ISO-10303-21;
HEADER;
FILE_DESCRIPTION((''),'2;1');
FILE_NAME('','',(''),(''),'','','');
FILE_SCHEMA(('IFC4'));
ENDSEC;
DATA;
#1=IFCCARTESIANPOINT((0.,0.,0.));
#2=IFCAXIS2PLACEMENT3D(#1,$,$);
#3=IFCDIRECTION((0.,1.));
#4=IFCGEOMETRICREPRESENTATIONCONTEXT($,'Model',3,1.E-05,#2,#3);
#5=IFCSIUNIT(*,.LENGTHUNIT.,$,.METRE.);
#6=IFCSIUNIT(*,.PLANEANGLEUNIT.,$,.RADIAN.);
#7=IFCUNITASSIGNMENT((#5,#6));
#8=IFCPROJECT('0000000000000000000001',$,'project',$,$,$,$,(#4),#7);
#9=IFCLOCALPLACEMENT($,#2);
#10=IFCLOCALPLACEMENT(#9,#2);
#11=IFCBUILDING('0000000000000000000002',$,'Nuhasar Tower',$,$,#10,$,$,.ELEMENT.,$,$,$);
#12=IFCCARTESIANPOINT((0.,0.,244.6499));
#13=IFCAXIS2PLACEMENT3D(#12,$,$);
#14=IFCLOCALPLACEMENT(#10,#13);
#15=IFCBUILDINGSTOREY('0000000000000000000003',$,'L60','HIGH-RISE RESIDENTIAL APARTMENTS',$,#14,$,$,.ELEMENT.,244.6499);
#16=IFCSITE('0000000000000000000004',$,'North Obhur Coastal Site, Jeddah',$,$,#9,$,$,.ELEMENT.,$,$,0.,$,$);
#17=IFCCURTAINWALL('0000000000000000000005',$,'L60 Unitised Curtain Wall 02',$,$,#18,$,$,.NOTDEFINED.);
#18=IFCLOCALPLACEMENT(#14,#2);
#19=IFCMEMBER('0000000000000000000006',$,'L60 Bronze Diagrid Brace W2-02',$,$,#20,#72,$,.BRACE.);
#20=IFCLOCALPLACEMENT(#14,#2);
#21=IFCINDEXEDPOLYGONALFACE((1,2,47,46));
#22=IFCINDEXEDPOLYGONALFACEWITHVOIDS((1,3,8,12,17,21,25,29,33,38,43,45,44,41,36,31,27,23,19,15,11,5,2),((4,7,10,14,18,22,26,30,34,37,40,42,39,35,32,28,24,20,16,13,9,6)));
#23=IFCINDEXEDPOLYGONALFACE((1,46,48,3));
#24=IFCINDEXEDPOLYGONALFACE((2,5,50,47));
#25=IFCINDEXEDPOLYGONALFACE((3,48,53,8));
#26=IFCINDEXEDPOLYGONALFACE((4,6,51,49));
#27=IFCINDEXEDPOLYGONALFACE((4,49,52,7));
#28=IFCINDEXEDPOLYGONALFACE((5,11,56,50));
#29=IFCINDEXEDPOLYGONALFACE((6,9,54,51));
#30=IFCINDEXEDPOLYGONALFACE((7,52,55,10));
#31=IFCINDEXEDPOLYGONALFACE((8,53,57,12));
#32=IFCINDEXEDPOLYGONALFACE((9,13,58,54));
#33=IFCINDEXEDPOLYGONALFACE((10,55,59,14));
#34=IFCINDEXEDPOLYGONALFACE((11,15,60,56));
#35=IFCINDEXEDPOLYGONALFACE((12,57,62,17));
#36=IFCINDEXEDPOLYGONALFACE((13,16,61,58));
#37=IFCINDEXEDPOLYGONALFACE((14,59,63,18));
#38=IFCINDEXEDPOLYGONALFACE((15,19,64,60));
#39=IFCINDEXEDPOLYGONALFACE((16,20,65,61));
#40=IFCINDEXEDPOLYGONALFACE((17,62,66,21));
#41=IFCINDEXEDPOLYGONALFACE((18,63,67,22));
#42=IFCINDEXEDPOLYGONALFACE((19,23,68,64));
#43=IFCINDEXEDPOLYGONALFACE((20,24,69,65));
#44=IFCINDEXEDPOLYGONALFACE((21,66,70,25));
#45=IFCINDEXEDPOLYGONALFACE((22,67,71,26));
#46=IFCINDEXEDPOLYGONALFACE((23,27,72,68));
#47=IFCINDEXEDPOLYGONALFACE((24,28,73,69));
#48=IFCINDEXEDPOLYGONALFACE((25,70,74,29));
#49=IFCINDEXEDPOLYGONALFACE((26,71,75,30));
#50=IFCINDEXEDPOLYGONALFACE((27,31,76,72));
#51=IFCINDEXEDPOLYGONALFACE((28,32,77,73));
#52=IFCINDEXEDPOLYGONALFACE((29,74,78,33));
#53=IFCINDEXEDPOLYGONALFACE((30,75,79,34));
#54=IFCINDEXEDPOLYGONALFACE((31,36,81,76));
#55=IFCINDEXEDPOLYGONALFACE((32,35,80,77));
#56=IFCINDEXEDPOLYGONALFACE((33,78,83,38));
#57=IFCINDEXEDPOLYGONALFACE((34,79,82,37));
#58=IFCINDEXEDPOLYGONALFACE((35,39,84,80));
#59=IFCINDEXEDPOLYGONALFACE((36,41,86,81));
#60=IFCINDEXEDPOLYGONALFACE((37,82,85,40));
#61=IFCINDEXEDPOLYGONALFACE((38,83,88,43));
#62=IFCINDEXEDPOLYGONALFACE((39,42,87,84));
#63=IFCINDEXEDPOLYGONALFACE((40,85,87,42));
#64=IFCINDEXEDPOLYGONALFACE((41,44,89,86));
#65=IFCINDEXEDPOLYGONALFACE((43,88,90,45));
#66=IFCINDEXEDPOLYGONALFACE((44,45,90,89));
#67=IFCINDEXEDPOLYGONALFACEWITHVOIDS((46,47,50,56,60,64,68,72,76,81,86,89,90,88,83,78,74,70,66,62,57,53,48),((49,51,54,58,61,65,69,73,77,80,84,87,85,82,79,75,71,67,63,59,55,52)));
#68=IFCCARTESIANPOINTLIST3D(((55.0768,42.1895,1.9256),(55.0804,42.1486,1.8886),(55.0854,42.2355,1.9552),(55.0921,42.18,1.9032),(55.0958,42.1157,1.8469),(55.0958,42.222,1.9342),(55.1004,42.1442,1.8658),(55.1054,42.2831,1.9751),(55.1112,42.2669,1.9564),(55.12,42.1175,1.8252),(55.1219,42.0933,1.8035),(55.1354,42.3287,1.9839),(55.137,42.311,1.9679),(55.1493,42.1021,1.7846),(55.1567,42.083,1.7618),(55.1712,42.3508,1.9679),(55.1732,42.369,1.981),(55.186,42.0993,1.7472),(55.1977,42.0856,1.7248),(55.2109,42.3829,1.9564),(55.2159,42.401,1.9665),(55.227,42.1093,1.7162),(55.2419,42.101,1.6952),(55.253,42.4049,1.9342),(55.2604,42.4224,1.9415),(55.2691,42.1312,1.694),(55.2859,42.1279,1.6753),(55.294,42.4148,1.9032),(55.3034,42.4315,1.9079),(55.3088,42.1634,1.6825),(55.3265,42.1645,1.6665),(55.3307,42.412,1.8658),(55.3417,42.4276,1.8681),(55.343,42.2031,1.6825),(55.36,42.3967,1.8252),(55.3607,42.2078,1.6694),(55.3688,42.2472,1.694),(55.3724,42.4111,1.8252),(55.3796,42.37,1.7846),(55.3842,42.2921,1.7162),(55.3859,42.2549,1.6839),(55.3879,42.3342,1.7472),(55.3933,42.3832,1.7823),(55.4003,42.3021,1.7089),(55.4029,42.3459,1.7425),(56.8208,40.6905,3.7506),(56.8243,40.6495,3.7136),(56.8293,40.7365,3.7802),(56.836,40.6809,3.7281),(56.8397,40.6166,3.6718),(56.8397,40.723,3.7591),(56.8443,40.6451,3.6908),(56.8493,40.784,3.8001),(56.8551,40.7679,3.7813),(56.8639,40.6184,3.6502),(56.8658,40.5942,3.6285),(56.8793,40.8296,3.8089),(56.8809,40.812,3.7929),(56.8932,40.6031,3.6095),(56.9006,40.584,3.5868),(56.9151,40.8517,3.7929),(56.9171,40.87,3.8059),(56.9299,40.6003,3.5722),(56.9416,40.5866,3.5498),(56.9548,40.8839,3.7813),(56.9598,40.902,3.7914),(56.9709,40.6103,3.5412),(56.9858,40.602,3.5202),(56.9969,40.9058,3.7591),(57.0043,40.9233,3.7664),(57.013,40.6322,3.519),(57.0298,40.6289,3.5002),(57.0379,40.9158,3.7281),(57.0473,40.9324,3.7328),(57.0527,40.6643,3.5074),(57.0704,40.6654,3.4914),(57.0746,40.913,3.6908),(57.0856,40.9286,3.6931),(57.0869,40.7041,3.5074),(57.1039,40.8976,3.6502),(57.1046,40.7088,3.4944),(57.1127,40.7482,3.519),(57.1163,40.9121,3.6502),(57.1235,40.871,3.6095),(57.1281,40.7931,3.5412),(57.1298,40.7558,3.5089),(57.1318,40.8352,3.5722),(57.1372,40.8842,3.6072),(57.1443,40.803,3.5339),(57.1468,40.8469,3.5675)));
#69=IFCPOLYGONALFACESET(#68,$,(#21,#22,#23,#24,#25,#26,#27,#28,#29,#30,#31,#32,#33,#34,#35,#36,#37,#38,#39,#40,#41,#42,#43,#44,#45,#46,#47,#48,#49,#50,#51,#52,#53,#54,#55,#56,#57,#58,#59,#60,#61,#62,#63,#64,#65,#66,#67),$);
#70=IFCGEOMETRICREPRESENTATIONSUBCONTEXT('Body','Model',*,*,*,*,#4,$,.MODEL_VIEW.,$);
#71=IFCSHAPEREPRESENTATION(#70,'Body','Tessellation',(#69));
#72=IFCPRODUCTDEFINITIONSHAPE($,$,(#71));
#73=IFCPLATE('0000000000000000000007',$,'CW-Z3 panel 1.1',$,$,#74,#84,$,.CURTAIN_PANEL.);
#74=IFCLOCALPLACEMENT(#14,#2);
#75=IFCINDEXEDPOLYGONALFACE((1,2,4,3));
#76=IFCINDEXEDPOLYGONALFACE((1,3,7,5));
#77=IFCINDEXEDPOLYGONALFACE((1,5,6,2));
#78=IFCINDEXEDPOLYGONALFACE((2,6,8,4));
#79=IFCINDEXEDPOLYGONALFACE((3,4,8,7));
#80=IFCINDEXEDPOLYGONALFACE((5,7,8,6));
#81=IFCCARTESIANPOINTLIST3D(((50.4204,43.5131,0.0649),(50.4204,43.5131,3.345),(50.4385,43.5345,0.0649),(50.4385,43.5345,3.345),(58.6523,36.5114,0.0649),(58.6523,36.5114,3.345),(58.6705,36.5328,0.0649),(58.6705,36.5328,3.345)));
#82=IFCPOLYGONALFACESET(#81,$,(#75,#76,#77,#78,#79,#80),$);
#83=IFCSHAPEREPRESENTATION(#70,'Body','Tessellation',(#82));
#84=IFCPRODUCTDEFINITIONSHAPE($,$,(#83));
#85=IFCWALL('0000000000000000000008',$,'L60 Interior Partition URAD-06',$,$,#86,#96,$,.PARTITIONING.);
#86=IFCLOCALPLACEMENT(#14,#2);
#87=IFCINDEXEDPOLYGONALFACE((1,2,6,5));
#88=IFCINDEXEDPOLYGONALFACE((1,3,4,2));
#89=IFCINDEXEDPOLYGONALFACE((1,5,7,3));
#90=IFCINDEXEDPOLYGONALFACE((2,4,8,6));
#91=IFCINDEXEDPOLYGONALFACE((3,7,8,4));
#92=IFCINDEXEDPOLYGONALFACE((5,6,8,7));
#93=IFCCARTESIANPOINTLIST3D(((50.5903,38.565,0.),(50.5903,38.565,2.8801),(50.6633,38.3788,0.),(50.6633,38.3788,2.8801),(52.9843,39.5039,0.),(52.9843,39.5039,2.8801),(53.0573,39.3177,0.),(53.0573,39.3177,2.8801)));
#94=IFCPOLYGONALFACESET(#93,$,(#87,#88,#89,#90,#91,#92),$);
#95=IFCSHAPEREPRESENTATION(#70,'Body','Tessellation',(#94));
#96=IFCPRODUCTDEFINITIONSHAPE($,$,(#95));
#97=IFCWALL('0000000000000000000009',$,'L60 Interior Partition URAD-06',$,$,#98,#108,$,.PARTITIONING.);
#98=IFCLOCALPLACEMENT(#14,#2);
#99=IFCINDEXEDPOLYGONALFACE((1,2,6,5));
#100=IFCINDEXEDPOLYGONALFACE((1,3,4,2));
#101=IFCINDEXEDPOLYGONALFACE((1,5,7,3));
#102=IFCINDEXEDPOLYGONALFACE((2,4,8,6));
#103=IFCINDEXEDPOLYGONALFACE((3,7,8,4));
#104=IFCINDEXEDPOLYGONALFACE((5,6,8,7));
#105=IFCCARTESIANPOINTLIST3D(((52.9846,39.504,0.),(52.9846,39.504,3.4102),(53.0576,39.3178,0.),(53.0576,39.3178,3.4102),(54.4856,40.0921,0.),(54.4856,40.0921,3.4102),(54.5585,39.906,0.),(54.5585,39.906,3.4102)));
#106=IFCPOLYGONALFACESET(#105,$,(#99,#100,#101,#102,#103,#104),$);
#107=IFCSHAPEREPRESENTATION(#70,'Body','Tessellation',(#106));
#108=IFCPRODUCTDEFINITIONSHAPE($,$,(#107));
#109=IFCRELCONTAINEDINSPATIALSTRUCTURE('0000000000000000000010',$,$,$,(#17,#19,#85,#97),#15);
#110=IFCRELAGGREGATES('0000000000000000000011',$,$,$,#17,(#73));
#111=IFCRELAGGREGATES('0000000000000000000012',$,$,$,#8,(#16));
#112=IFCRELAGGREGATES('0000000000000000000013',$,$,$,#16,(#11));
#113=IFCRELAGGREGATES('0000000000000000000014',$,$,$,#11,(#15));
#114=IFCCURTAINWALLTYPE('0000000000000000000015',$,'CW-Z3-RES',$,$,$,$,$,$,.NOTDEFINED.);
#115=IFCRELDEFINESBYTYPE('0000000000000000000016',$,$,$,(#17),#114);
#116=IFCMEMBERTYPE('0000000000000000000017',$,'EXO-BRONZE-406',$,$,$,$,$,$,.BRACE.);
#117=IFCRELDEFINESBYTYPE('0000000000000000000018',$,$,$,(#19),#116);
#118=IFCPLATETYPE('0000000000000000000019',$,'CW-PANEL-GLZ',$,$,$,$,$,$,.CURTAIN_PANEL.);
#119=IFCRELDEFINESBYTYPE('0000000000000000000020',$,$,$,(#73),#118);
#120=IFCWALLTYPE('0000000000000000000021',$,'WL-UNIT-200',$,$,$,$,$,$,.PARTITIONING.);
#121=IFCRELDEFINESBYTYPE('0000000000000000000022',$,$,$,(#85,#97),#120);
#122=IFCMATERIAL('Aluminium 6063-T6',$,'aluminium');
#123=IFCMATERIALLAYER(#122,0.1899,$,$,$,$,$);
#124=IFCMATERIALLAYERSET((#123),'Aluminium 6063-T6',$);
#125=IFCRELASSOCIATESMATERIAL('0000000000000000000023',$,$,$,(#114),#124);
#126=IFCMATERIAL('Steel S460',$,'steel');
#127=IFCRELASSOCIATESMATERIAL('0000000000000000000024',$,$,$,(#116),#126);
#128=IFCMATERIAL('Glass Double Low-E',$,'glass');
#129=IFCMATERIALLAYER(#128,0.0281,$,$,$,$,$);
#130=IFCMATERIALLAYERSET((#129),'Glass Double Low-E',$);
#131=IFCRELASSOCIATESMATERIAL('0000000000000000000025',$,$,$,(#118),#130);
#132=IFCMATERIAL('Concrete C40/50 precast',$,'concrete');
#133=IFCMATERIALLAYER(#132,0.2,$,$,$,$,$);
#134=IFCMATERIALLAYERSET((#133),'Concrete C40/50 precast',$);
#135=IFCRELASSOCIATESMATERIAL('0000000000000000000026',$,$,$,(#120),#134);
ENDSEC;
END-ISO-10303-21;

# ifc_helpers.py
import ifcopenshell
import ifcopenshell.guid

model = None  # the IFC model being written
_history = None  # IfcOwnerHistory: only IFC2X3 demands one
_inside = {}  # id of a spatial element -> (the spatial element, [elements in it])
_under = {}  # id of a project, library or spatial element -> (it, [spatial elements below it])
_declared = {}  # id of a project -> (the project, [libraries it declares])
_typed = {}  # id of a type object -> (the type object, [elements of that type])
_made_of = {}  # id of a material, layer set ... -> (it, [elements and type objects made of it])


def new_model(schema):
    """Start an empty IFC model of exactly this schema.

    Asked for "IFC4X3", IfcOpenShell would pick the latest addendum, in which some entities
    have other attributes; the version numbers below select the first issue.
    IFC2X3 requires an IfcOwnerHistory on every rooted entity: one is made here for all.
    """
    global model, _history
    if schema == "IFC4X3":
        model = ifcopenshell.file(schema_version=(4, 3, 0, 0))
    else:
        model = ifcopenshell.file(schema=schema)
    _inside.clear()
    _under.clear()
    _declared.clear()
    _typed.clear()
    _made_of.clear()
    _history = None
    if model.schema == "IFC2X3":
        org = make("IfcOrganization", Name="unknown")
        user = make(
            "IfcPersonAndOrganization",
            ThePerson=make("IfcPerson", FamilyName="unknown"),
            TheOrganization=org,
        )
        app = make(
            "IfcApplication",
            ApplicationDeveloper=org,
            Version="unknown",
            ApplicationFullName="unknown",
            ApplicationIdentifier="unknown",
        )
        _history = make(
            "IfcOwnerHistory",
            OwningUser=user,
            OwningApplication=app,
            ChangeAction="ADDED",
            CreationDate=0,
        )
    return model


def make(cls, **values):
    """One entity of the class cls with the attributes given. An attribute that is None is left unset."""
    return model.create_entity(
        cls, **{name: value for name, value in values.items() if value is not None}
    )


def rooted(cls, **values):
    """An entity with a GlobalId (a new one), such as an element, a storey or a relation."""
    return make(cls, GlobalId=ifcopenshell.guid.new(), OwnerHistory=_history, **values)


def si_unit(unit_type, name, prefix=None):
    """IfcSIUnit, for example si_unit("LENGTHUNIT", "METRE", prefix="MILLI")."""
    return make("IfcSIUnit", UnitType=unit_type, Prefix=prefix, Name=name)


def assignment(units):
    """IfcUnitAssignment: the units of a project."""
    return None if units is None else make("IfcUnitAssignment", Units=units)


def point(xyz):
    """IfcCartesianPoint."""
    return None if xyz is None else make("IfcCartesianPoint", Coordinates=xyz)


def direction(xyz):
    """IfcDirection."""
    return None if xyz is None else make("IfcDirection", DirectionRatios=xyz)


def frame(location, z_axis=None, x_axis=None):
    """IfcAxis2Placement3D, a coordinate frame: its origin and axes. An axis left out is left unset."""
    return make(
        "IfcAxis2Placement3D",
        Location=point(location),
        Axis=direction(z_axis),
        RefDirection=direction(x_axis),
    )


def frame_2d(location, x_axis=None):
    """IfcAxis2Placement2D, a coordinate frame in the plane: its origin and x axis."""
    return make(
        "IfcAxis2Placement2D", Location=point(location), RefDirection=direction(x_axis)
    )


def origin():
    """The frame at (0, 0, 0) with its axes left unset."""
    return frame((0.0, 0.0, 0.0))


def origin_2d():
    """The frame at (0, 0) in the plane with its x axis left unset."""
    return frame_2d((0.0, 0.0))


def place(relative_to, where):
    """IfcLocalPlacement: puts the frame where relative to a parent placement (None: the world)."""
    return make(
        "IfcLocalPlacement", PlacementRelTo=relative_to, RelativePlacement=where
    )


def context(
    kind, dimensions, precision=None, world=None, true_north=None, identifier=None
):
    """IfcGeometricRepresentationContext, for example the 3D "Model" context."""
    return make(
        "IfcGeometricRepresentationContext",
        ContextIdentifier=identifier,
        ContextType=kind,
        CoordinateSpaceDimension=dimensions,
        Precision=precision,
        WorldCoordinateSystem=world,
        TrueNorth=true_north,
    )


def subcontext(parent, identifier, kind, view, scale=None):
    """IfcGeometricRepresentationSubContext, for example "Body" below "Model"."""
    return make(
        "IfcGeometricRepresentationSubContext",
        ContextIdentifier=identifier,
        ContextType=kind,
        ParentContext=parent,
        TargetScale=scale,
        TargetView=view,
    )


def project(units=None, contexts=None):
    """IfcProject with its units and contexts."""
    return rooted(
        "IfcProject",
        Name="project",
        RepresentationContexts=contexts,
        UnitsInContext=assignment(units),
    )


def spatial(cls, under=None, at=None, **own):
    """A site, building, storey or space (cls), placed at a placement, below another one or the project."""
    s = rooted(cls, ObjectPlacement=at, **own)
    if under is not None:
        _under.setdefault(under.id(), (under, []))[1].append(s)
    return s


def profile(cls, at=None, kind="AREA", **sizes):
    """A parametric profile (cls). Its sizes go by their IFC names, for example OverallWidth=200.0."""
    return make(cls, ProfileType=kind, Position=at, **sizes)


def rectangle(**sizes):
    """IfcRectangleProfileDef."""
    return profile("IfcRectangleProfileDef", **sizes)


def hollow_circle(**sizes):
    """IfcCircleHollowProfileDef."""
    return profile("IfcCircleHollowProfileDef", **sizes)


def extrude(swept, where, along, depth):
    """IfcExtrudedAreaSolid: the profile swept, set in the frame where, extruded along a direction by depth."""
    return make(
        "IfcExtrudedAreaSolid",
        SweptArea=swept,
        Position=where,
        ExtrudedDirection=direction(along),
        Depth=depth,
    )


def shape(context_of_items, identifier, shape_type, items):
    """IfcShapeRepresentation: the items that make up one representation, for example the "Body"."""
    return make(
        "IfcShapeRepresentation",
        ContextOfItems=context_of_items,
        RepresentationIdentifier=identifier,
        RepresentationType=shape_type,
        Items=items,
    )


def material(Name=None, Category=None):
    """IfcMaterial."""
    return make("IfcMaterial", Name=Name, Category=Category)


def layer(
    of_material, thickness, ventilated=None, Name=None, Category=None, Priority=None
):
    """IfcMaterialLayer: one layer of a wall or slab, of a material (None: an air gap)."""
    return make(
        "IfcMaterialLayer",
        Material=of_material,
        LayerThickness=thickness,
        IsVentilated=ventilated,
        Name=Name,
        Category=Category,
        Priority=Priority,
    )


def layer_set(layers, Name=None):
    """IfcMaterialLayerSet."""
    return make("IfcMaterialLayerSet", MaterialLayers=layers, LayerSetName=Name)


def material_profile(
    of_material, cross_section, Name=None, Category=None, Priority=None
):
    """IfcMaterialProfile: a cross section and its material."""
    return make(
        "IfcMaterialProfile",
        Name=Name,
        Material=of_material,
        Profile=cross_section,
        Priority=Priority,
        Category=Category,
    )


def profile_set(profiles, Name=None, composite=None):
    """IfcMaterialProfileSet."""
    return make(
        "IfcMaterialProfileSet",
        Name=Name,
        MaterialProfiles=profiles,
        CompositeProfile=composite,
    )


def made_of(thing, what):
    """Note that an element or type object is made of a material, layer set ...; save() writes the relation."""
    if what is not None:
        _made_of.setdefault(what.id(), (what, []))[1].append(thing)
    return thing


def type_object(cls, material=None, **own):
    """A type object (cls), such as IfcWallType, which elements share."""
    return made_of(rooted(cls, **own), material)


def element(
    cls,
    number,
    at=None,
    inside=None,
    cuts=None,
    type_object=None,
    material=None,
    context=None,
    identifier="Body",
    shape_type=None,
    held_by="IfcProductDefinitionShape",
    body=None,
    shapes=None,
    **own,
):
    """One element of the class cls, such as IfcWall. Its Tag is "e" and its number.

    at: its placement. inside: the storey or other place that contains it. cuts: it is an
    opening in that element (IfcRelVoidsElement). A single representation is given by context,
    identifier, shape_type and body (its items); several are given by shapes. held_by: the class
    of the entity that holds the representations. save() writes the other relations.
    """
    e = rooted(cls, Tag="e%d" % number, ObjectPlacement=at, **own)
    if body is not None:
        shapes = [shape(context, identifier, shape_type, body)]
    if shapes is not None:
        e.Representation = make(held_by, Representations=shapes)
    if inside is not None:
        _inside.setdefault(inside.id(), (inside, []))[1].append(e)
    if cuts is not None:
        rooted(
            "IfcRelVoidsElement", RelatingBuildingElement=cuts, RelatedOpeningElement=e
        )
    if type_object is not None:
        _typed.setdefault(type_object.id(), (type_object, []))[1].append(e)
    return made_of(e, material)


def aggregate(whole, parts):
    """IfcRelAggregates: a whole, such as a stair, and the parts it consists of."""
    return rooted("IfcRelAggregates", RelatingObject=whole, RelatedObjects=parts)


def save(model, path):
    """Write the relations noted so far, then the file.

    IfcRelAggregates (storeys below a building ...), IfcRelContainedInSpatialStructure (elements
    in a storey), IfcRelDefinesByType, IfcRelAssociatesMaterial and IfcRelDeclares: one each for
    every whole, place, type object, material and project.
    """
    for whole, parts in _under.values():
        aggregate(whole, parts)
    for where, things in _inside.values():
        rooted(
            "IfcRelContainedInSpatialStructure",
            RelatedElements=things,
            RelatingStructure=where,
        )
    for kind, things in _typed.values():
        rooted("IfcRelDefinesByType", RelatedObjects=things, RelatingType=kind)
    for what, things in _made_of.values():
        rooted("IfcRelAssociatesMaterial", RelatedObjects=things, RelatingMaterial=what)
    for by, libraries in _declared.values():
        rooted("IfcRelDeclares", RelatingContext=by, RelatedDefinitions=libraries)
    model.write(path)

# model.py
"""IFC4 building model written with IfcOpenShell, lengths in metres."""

from ifc_helpers import new_model, si_unit, direction, frame, frame_2d, origin, origin_2d, place, context, subcontext, project, spatial, rectangle, hollow_circle, extrude, material, layer, layer_set, material_profile, profile_set, type_object, element, aggregate, save


model = new_model("IFC4")

# Units and contexts
model_context = context("Model", 3, precision=1e-05, world=origin(), true_north=direction((0.0, 1.0)))
body_context = subcontext(model_context, "Body", "Model", "MODEL_VIEW")
ifc_project = project(units=[si_unit("LENGTHUNIT", "METRE"), si_unit("PLANEANGLEUNIT", "RADIAN")], contexts=[model_context])

# Site, building, storey
site_placement = place(None, origin())
site = spatial("IfcSite", under=ifc_project, at=site_placement, Name="North Obhur Coastal Site, Jeddah", CompositionType="ELEMENT", RefElevation=0.0)
building_placement = place(site_placement, origin())
building = spatial("IfcBuilding", under=site, at=building_placement, Name="Nuhasar Tower", CompositionType="ELEMENT")
storey_placement = place(building_placement, frame((0.0, 0.0, 244.6499)))
storey = spatial("IfcBuildingStorey", under=building, at=storey_placement, Name="L60", Description="HIGH-RISE RESIDENTIAL APARTMENTS", CompositionType="ELEMENT", Elevation=244.6499)

# Shared definitions
ifc_material_1 = material(Name="Aluminium 6063-T6", Category="aluminium")
ifc_layer_1 = layer(ifc_material_1, 0.1899)
ifc_layer_set_1 = layer_set([ifc_layer_1], Name="Aluminium 6063-T6")
curtain_wall_type = type_object("IfcCurtainWallType", Name="CW-Z3-RES", PredefinedType="NOTDEFINED", material=ifc_layer_set_1)

# Curtain wall
curtain_wall_1_placement = place(storey_placement, origin())
curtain_wall_1 = element("IfcCurtainWall", 1, at=curtain_wall_1_placement, inside=storey, type_object=curtain_wall_type, Name="L60 Unitised Curtain Wall 02", PredefinedType="NOTDEFINED")

# Member
ifc_material_2 = material(Name="Steel S460", Category="steel")
ifc_material_profile_1 = material_profile(ifc_material_2, hollow_circle(Radius=0.2031, WallThickness=0.019, at=origin_2d()), Name="HSS406.4X19.1")
ifc_profile_set_1 = profile_set([ifc_material_profile_1], Name="Steel S460")
member_type_1 = type_object("IfcMemberType", Name="EXO-BRONZE-406", PredefinedType="BRACE", material=ifc_profile_set_1)
for number, where, z_axis, x_axis, name in (
    (2, (55.24, 42.2571, 1.8252), (0.594019, -0.510608, 0.621628), (0.651857, 0.758342, 0.0), "L60 Bronze Diagrid Brace W2-02"),
):
    element("IfcMember", number, at=place(storey_placement, frame(where, z_axis=z_axis, x_axis=x_axis)), inside=storey, type_object=member_type_1, Name=name, PredefinedType="BRACE", context=body_context, shape_type="SweptSolid", body=[
        extrude(hollow_circle(Radius=0.2031, WallThickness=0.019, at=origin_2d()), origin(), (0.0, 0.0, 1.0), 2.9358),
    ])

# Plate
ifc_material_3 = material(Name="Glass Double Low-E", Category="glass")
ifc_layer_2 = layer(ifc_material_3, 0.0281)
ifc_layer_set_2 = layer_set([ifc_layer_2], Name="Glass Double Low-E")
plate_type = type_object("IfcPlateType", Name="CW-PANEL-GLZ", PredefinedType="CURTAIN_PANEL", material=ifc_layer_set_2)
plate_placement = place(storey_placement, frame((54.5454, 40.0229, 0.0649), z_axis=(0.0, 0.0, 1.0), x_axis=(-0.761729, 0.647895, 0.0)))
plate = element("IfcPlate", 3, at=plate_placement, type_object=plate_type, Name="CW-Z3 panel 1.1", PredefinedType="CURTAIN_PANEL", context=body_context, shape_type="SweptSolid", body=[
    extrude(rectangle(XDim=10.8069, YDim=0.0281, at=origin_2d()), origin(), (0.0, 0.0, 1.0), 3.28),
])
aggregate(curtain_wall_1, [plate])

# Walls
ifc_material_4 = material(Name="Concrete C40/50 precast", Category="concrete")
ifc_layer_3 = layer(ifc_material_4, 0.2)
ifc_layer_set_3 = layer_set([ifc_layer_3], Name="Concrete C40/50 precast")
wall_type = type_object("IfcWallType", Name="WL-UNIT-200", PredefinedType="PARTITIONING", material=ifc_layer_set_3)
wall_1_placement = place(storey_placement, frame((50.627, 38.4719, 0.0), z_axis=(0.0, 0.0, 1.0), x_axis=(0.930957, 0.365129, 0.0)))
element("IfcWall", 4, at=wall_1_placement, inside=storey, type_object=wall_type, Name="L60 Interior Partition URAD-06", PredefinedType="PARTITIONING", context=body_context, shape_type="SweptSolid", body=[
    extrude(rectangle(XDim=2.5715, YDim=0.2, at=frame_2d((1.2856, 0.0))), origin(), (0.0, 0.0, 1.0), 2.8801),
])
wall_2_placement = place(storey_placement, frame((53.021, 39.4109, 0.0), z_axis=(0.0, 0.0, 1.0), x_axis=(0.931075, 0.364828, 0.0)))
element("IfcWall", 5, at=wall_2_placement, inside=storey, type_object=wall_type, Name="L60 Interior Partition URAD-06", PredefinedType="PARTITIONING", context=body_context, shape_type="SweptSolid", body=[
    extrude(rectangle(XDim=1.6121, YDim=0.2, at=frame_2d((0.8062, 0.0))), origin(), (0.0, 0.0, 1.0), 3.4102),
])

save(model, "model.ifc")
